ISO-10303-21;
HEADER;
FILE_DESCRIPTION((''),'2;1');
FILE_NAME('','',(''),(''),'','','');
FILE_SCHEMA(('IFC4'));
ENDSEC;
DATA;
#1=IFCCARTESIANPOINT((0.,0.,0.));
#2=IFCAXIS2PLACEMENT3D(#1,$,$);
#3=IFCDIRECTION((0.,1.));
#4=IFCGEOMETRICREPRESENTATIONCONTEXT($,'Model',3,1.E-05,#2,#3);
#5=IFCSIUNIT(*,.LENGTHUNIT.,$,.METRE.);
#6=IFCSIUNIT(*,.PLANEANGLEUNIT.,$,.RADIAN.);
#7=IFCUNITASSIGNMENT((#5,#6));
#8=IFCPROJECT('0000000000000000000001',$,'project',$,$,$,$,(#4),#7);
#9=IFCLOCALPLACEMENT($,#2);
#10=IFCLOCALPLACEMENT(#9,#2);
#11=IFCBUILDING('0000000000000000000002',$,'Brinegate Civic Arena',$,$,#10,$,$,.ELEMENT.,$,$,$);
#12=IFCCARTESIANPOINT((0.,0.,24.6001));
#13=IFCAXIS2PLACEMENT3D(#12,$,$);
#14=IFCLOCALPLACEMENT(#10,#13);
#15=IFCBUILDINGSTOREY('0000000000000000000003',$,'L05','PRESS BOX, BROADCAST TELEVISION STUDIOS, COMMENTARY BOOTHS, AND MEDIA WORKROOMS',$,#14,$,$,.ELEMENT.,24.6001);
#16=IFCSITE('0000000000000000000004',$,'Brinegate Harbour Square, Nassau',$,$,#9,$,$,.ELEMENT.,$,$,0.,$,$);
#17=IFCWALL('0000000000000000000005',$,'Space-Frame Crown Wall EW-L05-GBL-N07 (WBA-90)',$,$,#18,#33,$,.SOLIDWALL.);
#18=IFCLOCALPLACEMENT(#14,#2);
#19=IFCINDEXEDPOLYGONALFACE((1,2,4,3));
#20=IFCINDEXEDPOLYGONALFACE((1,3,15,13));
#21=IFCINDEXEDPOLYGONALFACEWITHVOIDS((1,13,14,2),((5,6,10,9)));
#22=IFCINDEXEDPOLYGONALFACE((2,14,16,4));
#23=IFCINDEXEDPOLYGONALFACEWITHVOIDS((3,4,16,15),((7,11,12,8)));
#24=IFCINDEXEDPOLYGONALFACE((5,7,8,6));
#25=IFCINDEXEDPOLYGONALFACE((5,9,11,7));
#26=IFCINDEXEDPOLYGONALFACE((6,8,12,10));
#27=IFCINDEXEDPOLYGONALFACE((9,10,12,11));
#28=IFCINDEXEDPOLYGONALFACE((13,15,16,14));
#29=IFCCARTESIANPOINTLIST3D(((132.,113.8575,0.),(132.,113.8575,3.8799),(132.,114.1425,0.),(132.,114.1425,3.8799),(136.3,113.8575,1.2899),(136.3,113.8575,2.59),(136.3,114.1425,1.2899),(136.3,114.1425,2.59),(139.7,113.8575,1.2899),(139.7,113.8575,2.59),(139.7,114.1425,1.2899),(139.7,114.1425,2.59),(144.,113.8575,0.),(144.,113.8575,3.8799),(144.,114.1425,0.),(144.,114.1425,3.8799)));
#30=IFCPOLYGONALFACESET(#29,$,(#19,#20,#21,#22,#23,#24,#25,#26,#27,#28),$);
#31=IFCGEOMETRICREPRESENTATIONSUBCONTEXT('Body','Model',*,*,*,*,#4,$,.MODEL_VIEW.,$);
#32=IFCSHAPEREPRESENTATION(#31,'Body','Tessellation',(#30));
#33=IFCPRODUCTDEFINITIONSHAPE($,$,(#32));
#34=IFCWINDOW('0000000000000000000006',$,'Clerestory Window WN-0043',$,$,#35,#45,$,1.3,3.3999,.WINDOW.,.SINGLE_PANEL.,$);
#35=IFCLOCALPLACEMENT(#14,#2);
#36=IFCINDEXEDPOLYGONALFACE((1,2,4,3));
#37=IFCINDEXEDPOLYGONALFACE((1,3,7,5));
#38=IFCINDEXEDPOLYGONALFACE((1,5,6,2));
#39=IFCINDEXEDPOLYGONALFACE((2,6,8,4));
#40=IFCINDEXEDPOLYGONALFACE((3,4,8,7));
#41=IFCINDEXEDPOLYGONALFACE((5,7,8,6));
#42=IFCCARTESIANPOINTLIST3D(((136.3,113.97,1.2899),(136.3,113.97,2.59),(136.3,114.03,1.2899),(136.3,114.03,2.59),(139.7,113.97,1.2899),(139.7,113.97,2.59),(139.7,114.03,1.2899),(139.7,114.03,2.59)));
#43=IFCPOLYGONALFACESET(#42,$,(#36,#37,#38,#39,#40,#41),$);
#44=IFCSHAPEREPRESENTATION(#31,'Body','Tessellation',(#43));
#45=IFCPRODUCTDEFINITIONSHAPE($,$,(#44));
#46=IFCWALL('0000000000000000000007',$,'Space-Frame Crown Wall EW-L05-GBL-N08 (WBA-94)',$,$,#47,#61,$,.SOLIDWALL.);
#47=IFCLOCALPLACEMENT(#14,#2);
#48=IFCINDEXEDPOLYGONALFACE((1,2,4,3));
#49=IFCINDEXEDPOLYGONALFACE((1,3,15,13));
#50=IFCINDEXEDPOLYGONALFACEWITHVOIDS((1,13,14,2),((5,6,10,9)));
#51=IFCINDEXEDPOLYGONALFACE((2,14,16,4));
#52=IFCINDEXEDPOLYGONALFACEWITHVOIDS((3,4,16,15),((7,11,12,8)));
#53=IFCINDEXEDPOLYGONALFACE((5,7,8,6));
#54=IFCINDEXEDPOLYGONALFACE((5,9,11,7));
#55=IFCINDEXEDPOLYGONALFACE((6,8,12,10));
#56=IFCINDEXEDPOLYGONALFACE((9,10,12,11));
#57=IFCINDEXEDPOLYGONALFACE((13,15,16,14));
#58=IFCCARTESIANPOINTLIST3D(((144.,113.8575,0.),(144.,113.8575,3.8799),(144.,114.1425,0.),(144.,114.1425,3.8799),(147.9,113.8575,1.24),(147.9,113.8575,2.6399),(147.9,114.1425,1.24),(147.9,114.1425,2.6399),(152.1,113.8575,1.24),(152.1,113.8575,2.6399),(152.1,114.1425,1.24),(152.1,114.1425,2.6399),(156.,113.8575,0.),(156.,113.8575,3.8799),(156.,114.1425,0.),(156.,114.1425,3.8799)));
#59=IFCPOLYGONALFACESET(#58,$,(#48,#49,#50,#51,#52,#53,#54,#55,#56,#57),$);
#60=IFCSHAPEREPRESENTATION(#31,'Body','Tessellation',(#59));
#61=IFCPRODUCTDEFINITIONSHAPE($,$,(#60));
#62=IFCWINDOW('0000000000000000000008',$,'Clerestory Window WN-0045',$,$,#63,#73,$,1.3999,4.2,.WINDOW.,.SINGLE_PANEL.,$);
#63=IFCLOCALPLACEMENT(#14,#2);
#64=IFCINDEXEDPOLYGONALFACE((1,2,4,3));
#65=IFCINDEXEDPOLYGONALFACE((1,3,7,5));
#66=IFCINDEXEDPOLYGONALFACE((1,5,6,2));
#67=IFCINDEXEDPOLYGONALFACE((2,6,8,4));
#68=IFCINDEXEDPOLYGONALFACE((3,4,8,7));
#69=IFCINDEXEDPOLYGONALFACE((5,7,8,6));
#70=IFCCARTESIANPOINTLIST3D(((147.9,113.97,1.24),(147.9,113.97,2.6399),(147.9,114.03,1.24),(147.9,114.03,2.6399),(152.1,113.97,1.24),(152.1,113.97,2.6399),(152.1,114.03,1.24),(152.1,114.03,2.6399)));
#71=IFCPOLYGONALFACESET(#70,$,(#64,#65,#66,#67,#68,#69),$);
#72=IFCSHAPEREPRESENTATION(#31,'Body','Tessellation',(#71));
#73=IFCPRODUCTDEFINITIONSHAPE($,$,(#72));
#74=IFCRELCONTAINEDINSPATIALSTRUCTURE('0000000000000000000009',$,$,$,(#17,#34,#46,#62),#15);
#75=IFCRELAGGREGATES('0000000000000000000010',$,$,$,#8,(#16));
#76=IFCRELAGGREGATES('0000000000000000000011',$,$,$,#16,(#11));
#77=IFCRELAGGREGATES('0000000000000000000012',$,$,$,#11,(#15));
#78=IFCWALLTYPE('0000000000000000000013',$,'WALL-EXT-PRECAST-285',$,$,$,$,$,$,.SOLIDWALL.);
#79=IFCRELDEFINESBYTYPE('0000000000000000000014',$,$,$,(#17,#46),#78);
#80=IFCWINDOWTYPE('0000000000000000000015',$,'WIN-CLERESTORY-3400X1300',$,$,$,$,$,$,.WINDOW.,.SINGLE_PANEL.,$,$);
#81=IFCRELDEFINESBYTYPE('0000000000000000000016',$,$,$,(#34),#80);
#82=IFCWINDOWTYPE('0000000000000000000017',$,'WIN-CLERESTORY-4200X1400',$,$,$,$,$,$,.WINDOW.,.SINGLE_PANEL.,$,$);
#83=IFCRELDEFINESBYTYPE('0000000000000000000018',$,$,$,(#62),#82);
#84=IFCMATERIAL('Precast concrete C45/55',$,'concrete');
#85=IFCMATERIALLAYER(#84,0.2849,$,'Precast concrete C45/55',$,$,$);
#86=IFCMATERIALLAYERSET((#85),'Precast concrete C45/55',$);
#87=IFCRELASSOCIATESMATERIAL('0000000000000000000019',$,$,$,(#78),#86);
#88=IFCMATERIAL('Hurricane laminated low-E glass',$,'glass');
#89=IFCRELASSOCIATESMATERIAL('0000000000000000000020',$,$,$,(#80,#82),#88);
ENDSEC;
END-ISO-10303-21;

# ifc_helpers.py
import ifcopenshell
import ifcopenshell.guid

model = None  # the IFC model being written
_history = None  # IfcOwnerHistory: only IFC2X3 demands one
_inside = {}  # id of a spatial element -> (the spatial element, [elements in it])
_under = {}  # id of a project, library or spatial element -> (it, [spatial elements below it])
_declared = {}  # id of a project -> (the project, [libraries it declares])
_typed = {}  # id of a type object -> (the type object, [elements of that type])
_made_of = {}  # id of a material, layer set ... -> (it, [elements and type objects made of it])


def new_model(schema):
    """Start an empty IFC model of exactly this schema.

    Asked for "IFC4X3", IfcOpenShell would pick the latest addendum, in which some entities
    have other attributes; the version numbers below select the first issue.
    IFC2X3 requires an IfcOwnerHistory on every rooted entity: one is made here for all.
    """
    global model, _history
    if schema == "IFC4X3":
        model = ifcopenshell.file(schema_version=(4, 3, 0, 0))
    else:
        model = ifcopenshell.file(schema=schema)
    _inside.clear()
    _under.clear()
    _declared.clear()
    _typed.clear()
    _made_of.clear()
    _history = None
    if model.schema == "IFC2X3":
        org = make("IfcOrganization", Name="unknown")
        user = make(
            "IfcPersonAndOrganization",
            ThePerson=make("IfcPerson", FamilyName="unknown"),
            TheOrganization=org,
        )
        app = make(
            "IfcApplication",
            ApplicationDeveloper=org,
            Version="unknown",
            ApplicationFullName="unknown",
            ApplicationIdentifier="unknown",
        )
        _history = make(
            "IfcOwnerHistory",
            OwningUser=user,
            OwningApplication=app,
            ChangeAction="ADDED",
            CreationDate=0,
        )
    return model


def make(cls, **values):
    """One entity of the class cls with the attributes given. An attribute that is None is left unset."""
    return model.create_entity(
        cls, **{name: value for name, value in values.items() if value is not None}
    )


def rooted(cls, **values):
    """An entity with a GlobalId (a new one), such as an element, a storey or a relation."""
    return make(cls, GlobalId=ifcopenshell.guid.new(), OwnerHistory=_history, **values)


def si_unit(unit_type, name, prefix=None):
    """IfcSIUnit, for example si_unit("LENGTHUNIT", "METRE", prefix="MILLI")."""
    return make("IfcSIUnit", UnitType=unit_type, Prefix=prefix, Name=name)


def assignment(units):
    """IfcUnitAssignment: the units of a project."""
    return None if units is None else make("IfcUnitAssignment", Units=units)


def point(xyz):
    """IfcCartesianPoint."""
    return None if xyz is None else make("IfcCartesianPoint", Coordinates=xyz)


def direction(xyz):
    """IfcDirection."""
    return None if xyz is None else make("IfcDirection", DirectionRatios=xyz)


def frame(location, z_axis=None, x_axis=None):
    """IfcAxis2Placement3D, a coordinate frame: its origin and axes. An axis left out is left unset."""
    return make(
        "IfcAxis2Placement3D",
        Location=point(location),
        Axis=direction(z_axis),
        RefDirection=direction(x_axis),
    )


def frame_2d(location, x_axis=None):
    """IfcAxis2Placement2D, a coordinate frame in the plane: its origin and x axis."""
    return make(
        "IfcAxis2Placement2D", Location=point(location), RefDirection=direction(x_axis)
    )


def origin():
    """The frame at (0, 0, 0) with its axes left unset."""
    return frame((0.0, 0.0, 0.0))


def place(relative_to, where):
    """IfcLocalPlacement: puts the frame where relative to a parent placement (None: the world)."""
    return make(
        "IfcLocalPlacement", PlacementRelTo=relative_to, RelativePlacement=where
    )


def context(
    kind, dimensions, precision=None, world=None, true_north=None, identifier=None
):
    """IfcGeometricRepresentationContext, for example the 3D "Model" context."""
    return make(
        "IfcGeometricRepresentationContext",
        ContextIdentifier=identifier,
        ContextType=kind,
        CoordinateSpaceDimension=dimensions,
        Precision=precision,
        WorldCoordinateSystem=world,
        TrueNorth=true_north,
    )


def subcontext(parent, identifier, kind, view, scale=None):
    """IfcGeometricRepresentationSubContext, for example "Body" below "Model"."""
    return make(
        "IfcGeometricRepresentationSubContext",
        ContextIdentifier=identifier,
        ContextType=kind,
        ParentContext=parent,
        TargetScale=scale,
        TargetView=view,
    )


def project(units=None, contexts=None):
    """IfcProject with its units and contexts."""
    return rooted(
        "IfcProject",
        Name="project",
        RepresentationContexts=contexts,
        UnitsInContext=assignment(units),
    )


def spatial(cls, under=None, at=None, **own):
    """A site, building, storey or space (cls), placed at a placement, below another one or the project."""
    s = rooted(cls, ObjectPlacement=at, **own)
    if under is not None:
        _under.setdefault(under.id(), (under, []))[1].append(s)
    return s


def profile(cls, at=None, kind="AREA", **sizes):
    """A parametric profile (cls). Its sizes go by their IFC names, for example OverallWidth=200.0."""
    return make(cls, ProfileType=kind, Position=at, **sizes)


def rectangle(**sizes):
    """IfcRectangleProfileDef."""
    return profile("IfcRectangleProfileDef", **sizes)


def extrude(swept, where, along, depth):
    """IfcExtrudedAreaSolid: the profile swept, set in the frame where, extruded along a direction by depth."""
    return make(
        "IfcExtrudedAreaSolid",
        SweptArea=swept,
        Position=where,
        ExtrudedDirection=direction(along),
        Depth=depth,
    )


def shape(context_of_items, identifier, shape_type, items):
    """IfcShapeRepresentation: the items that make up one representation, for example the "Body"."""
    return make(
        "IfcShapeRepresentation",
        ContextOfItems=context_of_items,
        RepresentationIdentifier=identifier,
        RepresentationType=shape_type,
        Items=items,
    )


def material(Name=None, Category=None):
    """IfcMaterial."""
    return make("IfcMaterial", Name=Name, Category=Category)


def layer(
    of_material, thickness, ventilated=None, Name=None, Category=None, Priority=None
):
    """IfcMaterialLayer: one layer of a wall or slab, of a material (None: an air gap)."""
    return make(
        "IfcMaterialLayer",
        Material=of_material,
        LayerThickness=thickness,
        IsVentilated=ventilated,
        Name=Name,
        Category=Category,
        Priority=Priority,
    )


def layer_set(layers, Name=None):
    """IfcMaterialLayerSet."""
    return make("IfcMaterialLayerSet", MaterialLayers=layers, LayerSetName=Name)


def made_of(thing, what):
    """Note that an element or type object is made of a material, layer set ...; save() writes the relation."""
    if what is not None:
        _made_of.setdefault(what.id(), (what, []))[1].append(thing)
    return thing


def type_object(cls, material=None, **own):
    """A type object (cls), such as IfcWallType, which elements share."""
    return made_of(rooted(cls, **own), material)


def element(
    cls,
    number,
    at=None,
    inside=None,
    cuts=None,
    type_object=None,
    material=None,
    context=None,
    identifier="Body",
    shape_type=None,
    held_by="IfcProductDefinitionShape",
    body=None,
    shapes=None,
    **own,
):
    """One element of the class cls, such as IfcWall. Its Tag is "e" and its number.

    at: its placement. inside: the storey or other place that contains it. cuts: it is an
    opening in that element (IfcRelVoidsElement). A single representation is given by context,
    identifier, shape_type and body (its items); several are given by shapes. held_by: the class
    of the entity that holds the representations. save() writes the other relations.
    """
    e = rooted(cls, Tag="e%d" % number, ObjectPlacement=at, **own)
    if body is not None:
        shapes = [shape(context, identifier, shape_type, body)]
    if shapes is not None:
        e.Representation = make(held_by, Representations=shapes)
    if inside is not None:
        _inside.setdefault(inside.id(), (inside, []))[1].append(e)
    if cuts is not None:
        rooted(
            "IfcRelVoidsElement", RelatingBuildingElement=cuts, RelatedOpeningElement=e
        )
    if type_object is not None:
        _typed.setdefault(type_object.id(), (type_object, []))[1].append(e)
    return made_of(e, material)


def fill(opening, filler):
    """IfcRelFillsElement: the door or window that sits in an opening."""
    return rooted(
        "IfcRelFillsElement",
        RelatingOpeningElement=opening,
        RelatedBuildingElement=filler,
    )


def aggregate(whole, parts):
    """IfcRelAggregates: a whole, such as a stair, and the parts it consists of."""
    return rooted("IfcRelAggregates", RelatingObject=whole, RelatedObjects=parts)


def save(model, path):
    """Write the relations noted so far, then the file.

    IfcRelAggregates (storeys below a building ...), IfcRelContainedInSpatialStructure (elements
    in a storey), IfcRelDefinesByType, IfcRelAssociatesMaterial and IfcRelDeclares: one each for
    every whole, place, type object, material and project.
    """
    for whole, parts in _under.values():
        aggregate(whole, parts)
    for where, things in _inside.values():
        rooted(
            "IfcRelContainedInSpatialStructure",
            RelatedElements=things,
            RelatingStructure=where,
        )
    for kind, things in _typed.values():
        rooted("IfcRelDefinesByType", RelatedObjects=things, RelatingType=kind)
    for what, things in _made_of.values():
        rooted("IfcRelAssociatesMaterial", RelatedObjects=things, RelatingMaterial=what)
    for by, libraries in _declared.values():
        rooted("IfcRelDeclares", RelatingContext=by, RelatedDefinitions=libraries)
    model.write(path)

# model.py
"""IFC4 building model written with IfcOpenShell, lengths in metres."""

from ifc_helpers import new_model, si_unit, direction, frame, frame_2d, origin, place, context, subcontext, project, spatial, rectangle, extrude, material, layer, layer_set, type_object, element, fill, save


model = new_model("IFC4")

# Units and contexts
model_context = context("Model", 3, precision=1e-05, world=origin(), true_north=direction((0.0, 1.0)))
body_context = subcontext(model_context, "Body", "Model", "MODEL_VIEW")
ifc_project = project(units=[si_unit("LENGTHUNIT", "METRE"), si_unit("PLANEANGLEUNIT", "RADIAN")], contexts=[model_context])

# Site, building, storey
site_placement = place(None, origin())
site = spatial("IfcSite", under=ifc_project, at=site_placement, Name="Brinegate Harbour Square, Nassau", CompositionType="ELEMENT", RefElevation=0.0)
building_placement = place(site_placement, origin())
building = spatial("IfcBuilding", under=site, at=building_placement, Name="Brinegate Civic Arena", CompositionType="ELEMENT")
storey_placement = place(building_placement, frame((0.0, 0.0, 24.6001)))
storey = spatial("IfcBuildingStorey", under=building, at=storey_placement, Name="L05", Description="PRESS BOX, BROADCAST TELEVISION STUDIOS, COMMENTARY BOOTHS, AND MEDIA WORKROOMS", CompositionType="ELEMENT", Elevation=24.6001)

# Walls, openings, windows
ifc_material_1 = material(Name="Precast concrete C45/55", Category="concrete")
ifc_layer = layer(ifc_material_1, 0.2849, Name="Precast concrete C45/55")
ifc_layer_set = layer_set([ifc_layer], Name="Precast concrete C45/55")
wall_type = type_object("IfcWallType", Name="WALL-EXT-PRECAST-285", PredefinedType="SOLIDWALL", material=ifc_layer_set)
ifc_material_2 = material(Name="Hurricane laminated low-E glass", Category="glass")
wall_1_placement = place(storey_placement, frame((132.0, 114.0, 0.0), z_axis=(0.0, 0.0, 1.0), x_axis=(1.0, 0.0, 0.0)))
wall_1 = element("IfcWall", 1, at=wall_1_placement, inside=storey, type_object=wall_type, Name="Space-Frame Crown Wall EW-L05-GBL-N07 (WBA-90)", PredefinedType="SOLIDWALL", context=body_context, shape_type="SweptSolid", body=[
    extrude(rectangle(XDim=12.0, YDim=0.2849, at=frame_2d((6.0, 0.0))), origin(), (0.0, 0.0, 1.0), 3.8799),
])
opening_1_placement = place(wall_1_placement, frame((4.3, 0.0, 1.29)))
opening_1 = element("IfcOpeningElement", 2, at=opening_1_placement, cuts=wall_1, PredefinedType="OPENING", context=body_context, shape_type="SweptSolid", body=[
    extrude(rectangle(XDim=3.3999, YDim=1.3, at=frame_2d((1.7, 0.6499))), frame((0.0, 0.1523, 0.0), z_axis=(0.0, -1.0, 0.0), x_axis=(1.0, 0.0, 0.0)), (0.0, 0.0, 1.0), 0.3049),
])
window_type_1 = type_object("IfcWindowType", Name="WIN-CLERESTORY-3400X1300", PartitioningType="SINGLE_PANEL", PredefinedType="WINDOW", material=ifc_material_2)
window_1_placement = place(opening_1_placement, origin())
window_1 = element("IfcWindow", 3, at=window_1_placement, inside=storey, type_object=window_type_1, Name="Clerestory Window WN-0043", OverallHeight=1.3, OverallWidth=3.3999, PartitioningType="SINGLE_PANEL", PredefinedType="WINDOW", context=body_context, shape_type="SweptSolid", body=[
    extrude(rectangle(XDim=3.3999, YDim=1.3, at=frame_2d((1.7, 0.6499))), frame((0.0, 0.03, 0.0), z_axis=(0.0, -1.0, 0.0), x_axis=(1.0, 0.0, 0.0)), (0.0, 0.0, 1.0), 0.0601),
])
fill(opening_1, window_1)
wall_2_placement = place(storey_placement, frame((144.0, 114.0, 0.0), z_axis=(0.0, 0.0, 1.0), x_axis=(1.0, 0.0, 0.0)))
wall_2 = element("IfcWall", 4, at=wall_2_placement, inside=storey, type_object=wall_type, Name="Space-Frame Crown Wall EW-L05-GBL-N08 (WBA-94)", PredefinedType="SOLIDWALL", context=body_context, shape_type="SweptSolid", body=[
    extrude(rectangle(XDim=12.0, YDim=0.2849, at=frame_2d((6.0, 0.0))), origin(), (0.0, 0.0, 1.0), 3.8799),
])
opening_2_placement = place(wall_2_placement, frame((3.8999, 0.0, 1.24)))
opening_2 = element("IfcOpeningElement", 5, at=opening_2_placement, cuts=wall_2, PredefinedType="OPENING", context=body_context, shape_type="SweptSolid", body=[
    extrude(rectangle(XDim=4.2, YDim=1.3999, at=frame_2d((2.1001, 0.7))), frame((0.0, 0.1523, 0.0), z_axis=(0.0, -1.0, 0.0), x_axis=(1.0, 0.0, 0.0)), (0.0, 0.0, 1.0), 0.3049),
])
window_type_2 = type_object("IfcWindowType", Name="WIN-CLERESTORY-4200X1400", PartitioningType="SINGLE_PANEL", PredefinedType="WINDOW", material=ifc_material_2)
window_2_placement = place(opening_2_placement, origin())
window_2 = element("IfcWindow", 6, at=window_2_placement, inside=storey, type_object=window_type_2, Name="Clerestory Window WN-0045", OverallHeight=1.3999, OverallWidth=4.2, PartitioningType="SINGLE_PANEL", PredefinedType="WINDOW", context=body_context, shape_type="SweptSolid", body=[
    extrude(rectangle(XDim=4.2, YDim=1.3999, at=frame_2d((2.1001, 0.7))), frame((0.0, 0.03, 0.0), z_axis=(0.0, -1.0, 0.0), x_axis=(1.0, 0.0, 0.0)), (0.0, 0.0, 1.0), 0.0601),
])
fill(opening_2, window_2)

save(model, "model.ifc")
